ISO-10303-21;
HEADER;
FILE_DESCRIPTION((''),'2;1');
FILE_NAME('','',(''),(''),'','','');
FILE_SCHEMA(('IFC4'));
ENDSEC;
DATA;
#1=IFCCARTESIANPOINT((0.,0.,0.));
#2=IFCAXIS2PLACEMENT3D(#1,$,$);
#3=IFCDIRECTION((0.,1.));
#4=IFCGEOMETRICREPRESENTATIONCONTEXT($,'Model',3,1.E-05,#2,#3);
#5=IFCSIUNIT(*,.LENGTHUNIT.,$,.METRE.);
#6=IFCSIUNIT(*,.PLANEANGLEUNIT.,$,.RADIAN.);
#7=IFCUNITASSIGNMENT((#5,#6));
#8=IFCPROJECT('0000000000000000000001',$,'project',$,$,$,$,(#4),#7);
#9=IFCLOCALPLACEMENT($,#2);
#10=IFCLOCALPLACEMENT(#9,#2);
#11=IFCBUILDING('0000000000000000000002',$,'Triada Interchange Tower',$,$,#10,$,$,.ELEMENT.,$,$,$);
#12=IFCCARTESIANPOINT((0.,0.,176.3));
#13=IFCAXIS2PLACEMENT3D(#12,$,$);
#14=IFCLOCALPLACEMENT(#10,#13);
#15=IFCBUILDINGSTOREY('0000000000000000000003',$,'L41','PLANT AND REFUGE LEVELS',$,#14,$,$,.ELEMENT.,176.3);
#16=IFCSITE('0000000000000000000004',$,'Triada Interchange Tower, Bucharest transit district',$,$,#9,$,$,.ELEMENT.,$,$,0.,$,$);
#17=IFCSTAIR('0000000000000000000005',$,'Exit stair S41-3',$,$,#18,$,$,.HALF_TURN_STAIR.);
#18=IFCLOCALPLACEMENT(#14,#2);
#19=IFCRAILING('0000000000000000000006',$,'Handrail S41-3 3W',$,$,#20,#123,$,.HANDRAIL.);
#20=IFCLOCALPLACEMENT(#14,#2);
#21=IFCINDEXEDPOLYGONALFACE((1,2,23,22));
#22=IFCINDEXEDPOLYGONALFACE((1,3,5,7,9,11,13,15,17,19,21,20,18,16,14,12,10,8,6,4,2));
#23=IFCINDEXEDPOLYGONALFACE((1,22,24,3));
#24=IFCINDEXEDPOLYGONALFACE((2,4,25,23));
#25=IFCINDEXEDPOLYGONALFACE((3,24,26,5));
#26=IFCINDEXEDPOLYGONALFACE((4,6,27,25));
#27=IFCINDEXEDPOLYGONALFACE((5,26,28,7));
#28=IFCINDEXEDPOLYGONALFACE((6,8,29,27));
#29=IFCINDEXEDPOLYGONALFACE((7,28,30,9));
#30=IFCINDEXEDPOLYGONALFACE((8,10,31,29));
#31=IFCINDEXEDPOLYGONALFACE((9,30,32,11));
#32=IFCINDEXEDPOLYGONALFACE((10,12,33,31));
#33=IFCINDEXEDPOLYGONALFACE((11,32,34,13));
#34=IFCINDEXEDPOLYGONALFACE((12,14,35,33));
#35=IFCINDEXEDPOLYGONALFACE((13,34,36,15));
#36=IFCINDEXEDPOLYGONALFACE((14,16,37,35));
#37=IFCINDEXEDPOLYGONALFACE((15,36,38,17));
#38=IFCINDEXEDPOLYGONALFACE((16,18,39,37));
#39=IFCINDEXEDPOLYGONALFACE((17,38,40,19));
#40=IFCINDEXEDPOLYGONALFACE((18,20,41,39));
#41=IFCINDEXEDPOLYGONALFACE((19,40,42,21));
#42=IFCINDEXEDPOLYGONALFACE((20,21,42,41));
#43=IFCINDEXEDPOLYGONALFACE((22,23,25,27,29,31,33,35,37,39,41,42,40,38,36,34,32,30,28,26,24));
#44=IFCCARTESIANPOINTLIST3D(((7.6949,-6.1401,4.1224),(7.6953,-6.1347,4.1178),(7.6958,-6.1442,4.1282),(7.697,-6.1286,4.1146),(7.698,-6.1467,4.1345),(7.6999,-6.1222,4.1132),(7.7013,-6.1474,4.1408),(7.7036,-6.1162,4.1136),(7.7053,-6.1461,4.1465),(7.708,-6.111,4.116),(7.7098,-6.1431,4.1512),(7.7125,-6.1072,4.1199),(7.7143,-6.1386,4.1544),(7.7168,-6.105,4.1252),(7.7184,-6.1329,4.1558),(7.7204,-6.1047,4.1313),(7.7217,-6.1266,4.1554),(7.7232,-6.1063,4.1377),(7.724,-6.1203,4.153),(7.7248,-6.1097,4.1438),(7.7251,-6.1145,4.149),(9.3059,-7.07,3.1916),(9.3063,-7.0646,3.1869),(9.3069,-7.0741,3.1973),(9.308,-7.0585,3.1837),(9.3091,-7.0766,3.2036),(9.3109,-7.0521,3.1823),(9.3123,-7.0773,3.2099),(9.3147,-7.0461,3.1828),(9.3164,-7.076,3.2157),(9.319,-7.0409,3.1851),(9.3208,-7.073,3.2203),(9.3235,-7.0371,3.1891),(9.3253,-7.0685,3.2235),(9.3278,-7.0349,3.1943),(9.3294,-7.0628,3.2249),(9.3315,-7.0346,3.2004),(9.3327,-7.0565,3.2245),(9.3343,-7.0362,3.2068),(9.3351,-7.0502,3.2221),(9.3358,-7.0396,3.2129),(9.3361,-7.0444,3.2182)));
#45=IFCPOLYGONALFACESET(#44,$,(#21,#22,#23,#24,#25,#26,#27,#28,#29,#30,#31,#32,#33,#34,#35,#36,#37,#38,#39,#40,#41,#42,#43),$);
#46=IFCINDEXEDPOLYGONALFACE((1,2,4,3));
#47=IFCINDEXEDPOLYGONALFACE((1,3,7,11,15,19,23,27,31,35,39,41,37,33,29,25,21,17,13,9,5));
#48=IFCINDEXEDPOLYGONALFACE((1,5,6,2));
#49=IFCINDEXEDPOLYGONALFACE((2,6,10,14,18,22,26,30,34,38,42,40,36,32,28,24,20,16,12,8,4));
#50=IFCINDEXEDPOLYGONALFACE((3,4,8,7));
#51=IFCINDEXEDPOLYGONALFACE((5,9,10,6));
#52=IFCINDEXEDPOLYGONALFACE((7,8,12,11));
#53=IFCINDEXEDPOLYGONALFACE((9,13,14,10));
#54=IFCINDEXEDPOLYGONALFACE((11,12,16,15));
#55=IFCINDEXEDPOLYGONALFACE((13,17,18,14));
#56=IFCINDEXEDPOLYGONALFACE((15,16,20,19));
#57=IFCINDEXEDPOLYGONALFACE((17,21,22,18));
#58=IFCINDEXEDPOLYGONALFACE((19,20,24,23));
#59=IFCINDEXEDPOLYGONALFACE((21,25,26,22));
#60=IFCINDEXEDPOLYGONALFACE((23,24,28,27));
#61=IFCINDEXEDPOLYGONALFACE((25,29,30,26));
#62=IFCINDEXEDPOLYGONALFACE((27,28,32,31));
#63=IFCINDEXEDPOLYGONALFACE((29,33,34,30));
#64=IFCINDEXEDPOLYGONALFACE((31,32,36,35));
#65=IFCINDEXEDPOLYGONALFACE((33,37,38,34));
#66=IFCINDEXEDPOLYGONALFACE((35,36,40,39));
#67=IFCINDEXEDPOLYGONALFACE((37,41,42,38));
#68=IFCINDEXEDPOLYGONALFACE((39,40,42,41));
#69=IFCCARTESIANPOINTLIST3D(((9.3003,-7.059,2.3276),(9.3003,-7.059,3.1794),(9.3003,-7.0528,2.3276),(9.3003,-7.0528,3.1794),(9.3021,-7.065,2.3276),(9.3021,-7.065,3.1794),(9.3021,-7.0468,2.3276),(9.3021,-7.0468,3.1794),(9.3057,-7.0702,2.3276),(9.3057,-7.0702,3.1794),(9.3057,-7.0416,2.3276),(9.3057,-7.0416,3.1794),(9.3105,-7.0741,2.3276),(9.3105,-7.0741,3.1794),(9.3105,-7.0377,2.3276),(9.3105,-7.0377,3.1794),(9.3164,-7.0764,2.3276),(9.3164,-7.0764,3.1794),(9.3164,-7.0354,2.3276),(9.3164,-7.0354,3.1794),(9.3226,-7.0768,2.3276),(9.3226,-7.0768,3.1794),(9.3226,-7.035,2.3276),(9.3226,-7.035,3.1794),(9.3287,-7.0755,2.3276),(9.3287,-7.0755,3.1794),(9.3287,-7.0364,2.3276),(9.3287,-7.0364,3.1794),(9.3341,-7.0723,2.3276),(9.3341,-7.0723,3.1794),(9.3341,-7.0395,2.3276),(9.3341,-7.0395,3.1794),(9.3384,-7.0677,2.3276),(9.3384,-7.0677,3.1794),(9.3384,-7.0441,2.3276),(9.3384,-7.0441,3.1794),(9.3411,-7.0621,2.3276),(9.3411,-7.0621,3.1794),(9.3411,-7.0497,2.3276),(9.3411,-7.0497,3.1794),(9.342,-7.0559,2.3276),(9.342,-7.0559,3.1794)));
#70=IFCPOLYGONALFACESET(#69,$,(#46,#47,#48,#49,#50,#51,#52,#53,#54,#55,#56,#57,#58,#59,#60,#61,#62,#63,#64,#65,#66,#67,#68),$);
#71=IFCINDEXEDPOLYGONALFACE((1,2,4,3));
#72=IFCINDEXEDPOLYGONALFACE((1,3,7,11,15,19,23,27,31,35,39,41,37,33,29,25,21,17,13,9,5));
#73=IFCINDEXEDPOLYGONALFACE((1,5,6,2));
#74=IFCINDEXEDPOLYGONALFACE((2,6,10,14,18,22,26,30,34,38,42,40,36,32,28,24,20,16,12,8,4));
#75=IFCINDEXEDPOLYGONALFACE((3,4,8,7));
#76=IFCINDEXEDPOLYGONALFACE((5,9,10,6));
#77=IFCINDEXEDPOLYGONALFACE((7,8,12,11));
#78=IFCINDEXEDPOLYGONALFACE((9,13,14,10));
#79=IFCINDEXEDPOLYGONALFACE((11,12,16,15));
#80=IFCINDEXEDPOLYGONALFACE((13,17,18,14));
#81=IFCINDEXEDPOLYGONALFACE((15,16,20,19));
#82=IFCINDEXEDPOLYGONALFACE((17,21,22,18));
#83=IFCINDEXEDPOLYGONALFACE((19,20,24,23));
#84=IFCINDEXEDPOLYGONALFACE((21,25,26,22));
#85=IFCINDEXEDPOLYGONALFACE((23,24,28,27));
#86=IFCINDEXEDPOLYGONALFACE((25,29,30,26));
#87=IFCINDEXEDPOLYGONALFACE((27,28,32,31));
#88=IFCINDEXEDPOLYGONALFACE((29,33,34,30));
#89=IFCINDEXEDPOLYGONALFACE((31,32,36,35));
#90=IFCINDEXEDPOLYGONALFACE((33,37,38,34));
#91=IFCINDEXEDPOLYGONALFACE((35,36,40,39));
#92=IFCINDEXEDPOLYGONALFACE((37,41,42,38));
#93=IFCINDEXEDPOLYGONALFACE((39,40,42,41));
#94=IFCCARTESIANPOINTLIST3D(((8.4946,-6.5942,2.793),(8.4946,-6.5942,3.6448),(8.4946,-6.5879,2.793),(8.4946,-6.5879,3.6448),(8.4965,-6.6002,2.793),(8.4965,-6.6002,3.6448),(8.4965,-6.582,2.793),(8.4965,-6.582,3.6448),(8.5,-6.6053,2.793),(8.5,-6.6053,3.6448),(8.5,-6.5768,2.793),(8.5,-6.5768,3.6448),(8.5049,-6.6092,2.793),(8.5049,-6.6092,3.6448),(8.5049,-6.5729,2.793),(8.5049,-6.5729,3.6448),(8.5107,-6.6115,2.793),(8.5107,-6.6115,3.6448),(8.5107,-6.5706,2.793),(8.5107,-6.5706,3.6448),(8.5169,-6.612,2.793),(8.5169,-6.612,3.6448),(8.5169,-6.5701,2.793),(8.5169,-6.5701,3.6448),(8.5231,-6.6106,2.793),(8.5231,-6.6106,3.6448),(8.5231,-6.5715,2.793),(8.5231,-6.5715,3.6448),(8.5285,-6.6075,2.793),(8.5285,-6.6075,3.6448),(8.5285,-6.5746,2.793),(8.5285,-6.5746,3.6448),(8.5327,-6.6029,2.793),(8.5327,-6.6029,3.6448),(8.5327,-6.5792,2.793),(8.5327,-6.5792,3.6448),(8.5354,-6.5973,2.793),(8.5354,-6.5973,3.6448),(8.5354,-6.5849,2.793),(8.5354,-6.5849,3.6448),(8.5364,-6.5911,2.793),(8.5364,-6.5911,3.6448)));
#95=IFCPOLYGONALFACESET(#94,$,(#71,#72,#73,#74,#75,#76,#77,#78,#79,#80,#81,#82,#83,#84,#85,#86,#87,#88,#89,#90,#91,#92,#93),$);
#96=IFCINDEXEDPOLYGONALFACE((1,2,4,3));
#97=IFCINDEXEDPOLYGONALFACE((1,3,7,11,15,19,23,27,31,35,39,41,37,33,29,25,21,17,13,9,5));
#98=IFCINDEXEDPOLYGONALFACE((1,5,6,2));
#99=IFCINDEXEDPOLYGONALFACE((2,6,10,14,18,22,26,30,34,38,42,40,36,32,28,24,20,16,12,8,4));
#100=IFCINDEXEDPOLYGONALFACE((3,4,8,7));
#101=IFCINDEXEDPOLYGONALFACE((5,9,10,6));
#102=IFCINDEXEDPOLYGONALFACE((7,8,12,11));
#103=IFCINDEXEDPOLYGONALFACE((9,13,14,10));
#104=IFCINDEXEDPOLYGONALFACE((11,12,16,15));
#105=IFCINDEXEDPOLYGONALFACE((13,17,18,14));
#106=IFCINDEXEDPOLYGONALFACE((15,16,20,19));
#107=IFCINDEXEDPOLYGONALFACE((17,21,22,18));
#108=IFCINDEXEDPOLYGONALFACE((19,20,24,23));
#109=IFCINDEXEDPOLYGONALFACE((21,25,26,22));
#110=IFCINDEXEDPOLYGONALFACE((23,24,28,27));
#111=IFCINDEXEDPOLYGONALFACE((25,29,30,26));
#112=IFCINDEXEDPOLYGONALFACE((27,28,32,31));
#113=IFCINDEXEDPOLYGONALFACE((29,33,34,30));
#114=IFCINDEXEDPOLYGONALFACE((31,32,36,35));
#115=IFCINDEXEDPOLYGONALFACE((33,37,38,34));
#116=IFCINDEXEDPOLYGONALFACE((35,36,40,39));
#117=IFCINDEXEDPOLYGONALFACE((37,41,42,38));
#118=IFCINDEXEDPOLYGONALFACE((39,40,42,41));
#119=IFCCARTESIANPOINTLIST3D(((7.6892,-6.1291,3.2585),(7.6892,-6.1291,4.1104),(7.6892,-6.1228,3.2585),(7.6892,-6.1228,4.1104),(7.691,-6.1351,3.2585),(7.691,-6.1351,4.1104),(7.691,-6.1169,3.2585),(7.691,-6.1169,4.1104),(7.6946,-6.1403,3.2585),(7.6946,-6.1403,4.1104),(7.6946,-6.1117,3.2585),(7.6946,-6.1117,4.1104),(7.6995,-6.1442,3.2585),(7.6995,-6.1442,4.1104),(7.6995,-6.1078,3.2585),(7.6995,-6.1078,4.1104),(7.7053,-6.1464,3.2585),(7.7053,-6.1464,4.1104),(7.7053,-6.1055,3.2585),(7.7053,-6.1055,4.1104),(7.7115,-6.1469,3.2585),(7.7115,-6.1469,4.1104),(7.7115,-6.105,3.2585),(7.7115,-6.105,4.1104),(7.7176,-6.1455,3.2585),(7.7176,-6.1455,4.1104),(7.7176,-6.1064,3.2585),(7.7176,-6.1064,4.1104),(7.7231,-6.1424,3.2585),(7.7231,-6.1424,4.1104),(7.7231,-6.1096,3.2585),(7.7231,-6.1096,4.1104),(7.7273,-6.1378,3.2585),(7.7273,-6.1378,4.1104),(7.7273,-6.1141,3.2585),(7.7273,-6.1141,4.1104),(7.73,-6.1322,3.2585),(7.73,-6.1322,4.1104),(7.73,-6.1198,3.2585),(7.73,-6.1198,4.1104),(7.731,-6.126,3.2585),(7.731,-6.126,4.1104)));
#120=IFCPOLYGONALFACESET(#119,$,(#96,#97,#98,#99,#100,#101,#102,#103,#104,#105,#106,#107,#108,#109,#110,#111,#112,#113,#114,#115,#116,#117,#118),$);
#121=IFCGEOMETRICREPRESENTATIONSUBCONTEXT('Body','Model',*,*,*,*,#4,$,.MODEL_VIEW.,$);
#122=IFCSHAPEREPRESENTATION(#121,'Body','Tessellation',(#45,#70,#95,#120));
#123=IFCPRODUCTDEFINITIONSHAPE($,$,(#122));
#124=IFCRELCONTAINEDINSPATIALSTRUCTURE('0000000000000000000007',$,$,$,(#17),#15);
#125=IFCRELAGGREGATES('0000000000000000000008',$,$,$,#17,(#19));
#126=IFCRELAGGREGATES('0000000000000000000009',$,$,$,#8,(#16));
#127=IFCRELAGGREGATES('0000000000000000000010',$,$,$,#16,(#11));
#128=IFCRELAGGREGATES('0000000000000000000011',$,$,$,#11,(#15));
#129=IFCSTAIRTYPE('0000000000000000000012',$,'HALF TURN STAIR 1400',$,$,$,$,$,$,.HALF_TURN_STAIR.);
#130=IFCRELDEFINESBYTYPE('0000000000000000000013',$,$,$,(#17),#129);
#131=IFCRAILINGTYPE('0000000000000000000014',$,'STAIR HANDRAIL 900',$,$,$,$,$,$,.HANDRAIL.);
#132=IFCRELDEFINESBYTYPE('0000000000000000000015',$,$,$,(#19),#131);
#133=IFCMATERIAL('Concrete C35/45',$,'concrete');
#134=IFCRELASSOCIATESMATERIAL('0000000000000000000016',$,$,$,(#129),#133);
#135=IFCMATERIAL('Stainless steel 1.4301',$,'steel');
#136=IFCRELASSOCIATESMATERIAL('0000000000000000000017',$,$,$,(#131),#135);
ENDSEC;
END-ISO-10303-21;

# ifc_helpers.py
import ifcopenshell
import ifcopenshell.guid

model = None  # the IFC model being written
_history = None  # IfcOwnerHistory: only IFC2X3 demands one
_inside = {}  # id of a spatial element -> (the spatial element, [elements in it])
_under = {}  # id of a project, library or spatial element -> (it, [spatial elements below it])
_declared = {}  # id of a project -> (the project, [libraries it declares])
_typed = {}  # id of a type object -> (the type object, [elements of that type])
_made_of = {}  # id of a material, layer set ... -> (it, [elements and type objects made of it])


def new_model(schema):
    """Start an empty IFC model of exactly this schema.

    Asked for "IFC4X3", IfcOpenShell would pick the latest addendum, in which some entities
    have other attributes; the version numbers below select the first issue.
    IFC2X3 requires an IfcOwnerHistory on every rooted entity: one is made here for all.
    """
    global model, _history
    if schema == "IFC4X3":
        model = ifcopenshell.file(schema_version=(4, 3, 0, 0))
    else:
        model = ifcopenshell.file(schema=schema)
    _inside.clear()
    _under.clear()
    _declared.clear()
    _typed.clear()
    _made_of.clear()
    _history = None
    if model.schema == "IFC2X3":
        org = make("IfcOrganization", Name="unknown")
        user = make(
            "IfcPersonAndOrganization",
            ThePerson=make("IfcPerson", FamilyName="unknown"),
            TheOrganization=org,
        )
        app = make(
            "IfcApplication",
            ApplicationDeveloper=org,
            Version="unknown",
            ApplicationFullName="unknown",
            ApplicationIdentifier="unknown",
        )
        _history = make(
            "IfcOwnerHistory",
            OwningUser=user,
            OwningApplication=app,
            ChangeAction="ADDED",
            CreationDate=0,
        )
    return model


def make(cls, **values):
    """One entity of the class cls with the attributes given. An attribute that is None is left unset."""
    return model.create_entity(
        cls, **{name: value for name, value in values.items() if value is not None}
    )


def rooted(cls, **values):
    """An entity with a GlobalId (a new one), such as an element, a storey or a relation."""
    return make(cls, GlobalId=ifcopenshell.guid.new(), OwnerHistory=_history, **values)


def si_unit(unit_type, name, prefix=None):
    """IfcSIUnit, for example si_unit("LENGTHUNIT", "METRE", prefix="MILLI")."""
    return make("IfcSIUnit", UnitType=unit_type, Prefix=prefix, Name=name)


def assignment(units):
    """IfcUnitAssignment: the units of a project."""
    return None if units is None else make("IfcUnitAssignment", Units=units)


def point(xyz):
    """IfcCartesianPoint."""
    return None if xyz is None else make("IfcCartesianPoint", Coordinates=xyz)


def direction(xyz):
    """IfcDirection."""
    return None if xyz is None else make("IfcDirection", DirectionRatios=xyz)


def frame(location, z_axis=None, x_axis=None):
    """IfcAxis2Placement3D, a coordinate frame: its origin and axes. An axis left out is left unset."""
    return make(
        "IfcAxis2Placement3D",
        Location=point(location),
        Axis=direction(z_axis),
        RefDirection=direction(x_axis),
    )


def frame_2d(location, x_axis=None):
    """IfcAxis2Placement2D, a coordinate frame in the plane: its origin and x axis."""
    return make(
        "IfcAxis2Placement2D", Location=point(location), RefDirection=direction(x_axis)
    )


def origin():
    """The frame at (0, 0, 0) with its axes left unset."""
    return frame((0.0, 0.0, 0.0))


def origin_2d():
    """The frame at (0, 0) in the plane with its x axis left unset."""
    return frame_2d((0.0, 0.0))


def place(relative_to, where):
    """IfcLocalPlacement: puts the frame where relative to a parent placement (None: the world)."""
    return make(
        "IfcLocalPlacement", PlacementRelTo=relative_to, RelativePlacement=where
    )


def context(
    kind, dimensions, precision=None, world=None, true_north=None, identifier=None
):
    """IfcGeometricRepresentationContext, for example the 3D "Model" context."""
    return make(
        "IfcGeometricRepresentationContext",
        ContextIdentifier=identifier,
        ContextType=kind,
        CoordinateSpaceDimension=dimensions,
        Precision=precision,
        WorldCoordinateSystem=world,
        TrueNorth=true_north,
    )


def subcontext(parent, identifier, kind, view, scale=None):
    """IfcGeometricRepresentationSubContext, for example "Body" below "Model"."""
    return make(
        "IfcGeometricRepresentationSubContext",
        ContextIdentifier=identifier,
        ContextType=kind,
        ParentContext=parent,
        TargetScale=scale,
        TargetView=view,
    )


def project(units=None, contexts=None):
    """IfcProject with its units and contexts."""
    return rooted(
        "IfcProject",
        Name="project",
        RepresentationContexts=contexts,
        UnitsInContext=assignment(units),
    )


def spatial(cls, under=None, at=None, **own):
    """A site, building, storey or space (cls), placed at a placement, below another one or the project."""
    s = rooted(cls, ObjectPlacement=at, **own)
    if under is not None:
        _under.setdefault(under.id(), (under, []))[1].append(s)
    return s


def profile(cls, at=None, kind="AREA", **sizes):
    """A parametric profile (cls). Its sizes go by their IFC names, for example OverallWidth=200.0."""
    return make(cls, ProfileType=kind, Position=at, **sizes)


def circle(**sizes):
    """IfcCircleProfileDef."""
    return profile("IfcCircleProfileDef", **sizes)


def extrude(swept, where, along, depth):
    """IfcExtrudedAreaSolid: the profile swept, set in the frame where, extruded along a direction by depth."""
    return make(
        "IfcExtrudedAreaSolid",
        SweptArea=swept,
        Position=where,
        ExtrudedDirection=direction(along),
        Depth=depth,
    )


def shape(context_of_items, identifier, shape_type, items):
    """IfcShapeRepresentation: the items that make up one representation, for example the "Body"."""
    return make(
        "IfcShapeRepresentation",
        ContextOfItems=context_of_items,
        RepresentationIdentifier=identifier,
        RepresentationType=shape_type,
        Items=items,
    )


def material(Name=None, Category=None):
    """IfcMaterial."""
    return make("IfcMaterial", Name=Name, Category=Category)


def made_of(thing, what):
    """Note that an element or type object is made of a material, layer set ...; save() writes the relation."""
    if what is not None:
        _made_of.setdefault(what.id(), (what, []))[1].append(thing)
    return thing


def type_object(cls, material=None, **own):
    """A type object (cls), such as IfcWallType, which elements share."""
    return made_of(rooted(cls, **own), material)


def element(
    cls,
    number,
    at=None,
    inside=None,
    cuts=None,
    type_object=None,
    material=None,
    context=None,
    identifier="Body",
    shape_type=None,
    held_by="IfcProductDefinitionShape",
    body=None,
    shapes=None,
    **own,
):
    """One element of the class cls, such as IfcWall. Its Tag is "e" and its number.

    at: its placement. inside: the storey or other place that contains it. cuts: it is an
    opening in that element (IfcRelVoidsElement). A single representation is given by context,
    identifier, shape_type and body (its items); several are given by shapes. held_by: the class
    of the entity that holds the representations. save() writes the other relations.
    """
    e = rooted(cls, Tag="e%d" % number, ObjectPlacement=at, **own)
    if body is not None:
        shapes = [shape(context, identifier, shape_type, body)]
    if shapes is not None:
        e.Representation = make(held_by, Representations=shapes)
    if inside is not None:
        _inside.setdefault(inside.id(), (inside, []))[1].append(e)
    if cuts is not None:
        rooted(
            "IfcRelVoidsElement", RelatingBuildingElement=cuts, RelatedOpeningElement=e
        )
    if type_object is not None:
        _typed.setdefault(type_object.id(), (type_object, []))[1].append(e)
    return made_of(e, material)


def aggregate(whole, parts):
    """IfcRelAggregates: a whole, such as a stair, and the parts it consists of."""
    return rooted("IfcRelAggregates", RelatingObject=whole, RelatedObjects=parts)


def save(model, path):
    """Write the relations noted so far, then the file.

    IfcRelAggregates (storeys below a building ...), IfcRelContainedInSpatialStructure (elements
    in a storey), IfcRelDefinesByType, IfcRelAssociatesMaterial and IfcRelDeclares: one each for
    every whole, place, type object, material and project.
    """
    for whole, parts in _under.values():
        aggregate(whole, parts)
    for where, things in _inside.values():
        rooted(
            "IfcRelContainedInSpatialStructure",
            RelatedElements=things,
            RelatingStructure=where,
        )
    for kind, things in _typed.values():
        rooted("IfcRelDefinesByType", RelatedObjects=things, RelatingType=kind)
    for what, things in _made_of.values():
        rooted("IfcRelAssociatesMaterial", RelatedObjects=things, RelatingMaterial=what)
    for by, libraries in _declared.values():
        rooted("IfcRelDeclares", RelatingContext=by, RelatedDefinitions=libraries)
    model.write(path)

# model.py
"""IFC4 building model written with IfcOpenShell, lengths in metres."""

from ifc_helpers import new_model, si_unit, direction, frame, origin, origin_2d, place, context, subcontext, project, spatial, circle, extrude, material, type_object, element, aggregate, save


model = new_model("IFC4")

# Units and contexts
model_context = context("Model", 3, precision=1e-05, world=origin(), true_north=direction((0.0, 1.0)))
body_context = subcontext(model_context, "Body", "Model", "MODEL_VIEW")
ifc_project = project(units=[si_unit("LENGTHUNIT", "METRE"), si_unit("PLANEANGLEUNIT", "RADIAN")], contexts=[model_context])

# Site, building, storey
site_placement = place(None, origin())
site = spatial("IfcSite", under=ifc_project, at=site_placement, Name="Triada Interchange Tower, Bucharest transit district", CompositionType="ELEMENT", RefElevation=0.0)
building_placement = place(site_placement, origin())
building = spatial("IfcBuilding", under=site, at=building_placement, Name="Triada Interchange Tower", CompositionType="ELEMENT")
storey_placement = place(building_placement, frame((0.0, 0.0, 176.3)))
storey = spatial("IfcBuildingStorey", under=building, at=storey_placement, Name="L41", Description="PLANT AND REFUGE LEVELS", CompositionType="ELEMENT", Elevation=176.3)

# Shared definitions
ifc_material_1 = material(Name="Concrete C35/45", Category="concrete")

# Stair, railing
stair_type = type_object("IfcStairType", Name="HALF TURN STAIR 1400", PredefinedType="HALF_TURN_STAIR", material=ifc_material_1)
stair_placement = place(storey_placement, origin())
stair = element("IfcStair", 1, at=stair_placement, inside=storey, type_object=stair_type, Name="Exit stair S41-3", PredefinedType="HALF_TURN_STAIR")
ifc_material_2 = material(Name="Stainless steel 1.4301", Category="steel")
railing_type_1 = type_object("IfcRailingType", Name="STAIR HANDRAIL 900", PredefinedType="HANDRAIL", material=ifc_material_2)
railing_1_placement = place(storey_placement, frame((9.321, -7.0559, 2.3276)))
railing_1 = element("IfcRailing", 2, at=railing_1_placement, type_object=railing_type_1, Name="Handrail S41-3 3W", PredefinedType="HANDRAIL", context=body_context, shape_type="SweptSolid", body=[
    extrude(circle(Radius=0.0239, at=origin_2d()), frame((0.0, 0.0, 0.876), z_axis=(-0.77451, 0.447054, 0.447523), x_axis=(-0.499908, -0.866079, 0.0)), (0.0, 0.0, 1.0), 2.0801),
    extrude(circle(Radius=0.021, at=origin_2d()), origin(), (0.0, 0.0, 1.0), 0.8518),
    extrude(circle(Radius=0.021, at=origin_2d()), frame((-0.8057, 0.4648, 0.4653)), (0.0, 0.0, 1.0), 0.8518),
    extrude(circle(Radius=0.021, at=origin_2d()), frame((-1.6111, 0.9299, 0.9309)), (0.0, 0.0, 1.0), 0.8518),
])
aggregate(stair, [railing_1])

save(model, "model.ifc")
